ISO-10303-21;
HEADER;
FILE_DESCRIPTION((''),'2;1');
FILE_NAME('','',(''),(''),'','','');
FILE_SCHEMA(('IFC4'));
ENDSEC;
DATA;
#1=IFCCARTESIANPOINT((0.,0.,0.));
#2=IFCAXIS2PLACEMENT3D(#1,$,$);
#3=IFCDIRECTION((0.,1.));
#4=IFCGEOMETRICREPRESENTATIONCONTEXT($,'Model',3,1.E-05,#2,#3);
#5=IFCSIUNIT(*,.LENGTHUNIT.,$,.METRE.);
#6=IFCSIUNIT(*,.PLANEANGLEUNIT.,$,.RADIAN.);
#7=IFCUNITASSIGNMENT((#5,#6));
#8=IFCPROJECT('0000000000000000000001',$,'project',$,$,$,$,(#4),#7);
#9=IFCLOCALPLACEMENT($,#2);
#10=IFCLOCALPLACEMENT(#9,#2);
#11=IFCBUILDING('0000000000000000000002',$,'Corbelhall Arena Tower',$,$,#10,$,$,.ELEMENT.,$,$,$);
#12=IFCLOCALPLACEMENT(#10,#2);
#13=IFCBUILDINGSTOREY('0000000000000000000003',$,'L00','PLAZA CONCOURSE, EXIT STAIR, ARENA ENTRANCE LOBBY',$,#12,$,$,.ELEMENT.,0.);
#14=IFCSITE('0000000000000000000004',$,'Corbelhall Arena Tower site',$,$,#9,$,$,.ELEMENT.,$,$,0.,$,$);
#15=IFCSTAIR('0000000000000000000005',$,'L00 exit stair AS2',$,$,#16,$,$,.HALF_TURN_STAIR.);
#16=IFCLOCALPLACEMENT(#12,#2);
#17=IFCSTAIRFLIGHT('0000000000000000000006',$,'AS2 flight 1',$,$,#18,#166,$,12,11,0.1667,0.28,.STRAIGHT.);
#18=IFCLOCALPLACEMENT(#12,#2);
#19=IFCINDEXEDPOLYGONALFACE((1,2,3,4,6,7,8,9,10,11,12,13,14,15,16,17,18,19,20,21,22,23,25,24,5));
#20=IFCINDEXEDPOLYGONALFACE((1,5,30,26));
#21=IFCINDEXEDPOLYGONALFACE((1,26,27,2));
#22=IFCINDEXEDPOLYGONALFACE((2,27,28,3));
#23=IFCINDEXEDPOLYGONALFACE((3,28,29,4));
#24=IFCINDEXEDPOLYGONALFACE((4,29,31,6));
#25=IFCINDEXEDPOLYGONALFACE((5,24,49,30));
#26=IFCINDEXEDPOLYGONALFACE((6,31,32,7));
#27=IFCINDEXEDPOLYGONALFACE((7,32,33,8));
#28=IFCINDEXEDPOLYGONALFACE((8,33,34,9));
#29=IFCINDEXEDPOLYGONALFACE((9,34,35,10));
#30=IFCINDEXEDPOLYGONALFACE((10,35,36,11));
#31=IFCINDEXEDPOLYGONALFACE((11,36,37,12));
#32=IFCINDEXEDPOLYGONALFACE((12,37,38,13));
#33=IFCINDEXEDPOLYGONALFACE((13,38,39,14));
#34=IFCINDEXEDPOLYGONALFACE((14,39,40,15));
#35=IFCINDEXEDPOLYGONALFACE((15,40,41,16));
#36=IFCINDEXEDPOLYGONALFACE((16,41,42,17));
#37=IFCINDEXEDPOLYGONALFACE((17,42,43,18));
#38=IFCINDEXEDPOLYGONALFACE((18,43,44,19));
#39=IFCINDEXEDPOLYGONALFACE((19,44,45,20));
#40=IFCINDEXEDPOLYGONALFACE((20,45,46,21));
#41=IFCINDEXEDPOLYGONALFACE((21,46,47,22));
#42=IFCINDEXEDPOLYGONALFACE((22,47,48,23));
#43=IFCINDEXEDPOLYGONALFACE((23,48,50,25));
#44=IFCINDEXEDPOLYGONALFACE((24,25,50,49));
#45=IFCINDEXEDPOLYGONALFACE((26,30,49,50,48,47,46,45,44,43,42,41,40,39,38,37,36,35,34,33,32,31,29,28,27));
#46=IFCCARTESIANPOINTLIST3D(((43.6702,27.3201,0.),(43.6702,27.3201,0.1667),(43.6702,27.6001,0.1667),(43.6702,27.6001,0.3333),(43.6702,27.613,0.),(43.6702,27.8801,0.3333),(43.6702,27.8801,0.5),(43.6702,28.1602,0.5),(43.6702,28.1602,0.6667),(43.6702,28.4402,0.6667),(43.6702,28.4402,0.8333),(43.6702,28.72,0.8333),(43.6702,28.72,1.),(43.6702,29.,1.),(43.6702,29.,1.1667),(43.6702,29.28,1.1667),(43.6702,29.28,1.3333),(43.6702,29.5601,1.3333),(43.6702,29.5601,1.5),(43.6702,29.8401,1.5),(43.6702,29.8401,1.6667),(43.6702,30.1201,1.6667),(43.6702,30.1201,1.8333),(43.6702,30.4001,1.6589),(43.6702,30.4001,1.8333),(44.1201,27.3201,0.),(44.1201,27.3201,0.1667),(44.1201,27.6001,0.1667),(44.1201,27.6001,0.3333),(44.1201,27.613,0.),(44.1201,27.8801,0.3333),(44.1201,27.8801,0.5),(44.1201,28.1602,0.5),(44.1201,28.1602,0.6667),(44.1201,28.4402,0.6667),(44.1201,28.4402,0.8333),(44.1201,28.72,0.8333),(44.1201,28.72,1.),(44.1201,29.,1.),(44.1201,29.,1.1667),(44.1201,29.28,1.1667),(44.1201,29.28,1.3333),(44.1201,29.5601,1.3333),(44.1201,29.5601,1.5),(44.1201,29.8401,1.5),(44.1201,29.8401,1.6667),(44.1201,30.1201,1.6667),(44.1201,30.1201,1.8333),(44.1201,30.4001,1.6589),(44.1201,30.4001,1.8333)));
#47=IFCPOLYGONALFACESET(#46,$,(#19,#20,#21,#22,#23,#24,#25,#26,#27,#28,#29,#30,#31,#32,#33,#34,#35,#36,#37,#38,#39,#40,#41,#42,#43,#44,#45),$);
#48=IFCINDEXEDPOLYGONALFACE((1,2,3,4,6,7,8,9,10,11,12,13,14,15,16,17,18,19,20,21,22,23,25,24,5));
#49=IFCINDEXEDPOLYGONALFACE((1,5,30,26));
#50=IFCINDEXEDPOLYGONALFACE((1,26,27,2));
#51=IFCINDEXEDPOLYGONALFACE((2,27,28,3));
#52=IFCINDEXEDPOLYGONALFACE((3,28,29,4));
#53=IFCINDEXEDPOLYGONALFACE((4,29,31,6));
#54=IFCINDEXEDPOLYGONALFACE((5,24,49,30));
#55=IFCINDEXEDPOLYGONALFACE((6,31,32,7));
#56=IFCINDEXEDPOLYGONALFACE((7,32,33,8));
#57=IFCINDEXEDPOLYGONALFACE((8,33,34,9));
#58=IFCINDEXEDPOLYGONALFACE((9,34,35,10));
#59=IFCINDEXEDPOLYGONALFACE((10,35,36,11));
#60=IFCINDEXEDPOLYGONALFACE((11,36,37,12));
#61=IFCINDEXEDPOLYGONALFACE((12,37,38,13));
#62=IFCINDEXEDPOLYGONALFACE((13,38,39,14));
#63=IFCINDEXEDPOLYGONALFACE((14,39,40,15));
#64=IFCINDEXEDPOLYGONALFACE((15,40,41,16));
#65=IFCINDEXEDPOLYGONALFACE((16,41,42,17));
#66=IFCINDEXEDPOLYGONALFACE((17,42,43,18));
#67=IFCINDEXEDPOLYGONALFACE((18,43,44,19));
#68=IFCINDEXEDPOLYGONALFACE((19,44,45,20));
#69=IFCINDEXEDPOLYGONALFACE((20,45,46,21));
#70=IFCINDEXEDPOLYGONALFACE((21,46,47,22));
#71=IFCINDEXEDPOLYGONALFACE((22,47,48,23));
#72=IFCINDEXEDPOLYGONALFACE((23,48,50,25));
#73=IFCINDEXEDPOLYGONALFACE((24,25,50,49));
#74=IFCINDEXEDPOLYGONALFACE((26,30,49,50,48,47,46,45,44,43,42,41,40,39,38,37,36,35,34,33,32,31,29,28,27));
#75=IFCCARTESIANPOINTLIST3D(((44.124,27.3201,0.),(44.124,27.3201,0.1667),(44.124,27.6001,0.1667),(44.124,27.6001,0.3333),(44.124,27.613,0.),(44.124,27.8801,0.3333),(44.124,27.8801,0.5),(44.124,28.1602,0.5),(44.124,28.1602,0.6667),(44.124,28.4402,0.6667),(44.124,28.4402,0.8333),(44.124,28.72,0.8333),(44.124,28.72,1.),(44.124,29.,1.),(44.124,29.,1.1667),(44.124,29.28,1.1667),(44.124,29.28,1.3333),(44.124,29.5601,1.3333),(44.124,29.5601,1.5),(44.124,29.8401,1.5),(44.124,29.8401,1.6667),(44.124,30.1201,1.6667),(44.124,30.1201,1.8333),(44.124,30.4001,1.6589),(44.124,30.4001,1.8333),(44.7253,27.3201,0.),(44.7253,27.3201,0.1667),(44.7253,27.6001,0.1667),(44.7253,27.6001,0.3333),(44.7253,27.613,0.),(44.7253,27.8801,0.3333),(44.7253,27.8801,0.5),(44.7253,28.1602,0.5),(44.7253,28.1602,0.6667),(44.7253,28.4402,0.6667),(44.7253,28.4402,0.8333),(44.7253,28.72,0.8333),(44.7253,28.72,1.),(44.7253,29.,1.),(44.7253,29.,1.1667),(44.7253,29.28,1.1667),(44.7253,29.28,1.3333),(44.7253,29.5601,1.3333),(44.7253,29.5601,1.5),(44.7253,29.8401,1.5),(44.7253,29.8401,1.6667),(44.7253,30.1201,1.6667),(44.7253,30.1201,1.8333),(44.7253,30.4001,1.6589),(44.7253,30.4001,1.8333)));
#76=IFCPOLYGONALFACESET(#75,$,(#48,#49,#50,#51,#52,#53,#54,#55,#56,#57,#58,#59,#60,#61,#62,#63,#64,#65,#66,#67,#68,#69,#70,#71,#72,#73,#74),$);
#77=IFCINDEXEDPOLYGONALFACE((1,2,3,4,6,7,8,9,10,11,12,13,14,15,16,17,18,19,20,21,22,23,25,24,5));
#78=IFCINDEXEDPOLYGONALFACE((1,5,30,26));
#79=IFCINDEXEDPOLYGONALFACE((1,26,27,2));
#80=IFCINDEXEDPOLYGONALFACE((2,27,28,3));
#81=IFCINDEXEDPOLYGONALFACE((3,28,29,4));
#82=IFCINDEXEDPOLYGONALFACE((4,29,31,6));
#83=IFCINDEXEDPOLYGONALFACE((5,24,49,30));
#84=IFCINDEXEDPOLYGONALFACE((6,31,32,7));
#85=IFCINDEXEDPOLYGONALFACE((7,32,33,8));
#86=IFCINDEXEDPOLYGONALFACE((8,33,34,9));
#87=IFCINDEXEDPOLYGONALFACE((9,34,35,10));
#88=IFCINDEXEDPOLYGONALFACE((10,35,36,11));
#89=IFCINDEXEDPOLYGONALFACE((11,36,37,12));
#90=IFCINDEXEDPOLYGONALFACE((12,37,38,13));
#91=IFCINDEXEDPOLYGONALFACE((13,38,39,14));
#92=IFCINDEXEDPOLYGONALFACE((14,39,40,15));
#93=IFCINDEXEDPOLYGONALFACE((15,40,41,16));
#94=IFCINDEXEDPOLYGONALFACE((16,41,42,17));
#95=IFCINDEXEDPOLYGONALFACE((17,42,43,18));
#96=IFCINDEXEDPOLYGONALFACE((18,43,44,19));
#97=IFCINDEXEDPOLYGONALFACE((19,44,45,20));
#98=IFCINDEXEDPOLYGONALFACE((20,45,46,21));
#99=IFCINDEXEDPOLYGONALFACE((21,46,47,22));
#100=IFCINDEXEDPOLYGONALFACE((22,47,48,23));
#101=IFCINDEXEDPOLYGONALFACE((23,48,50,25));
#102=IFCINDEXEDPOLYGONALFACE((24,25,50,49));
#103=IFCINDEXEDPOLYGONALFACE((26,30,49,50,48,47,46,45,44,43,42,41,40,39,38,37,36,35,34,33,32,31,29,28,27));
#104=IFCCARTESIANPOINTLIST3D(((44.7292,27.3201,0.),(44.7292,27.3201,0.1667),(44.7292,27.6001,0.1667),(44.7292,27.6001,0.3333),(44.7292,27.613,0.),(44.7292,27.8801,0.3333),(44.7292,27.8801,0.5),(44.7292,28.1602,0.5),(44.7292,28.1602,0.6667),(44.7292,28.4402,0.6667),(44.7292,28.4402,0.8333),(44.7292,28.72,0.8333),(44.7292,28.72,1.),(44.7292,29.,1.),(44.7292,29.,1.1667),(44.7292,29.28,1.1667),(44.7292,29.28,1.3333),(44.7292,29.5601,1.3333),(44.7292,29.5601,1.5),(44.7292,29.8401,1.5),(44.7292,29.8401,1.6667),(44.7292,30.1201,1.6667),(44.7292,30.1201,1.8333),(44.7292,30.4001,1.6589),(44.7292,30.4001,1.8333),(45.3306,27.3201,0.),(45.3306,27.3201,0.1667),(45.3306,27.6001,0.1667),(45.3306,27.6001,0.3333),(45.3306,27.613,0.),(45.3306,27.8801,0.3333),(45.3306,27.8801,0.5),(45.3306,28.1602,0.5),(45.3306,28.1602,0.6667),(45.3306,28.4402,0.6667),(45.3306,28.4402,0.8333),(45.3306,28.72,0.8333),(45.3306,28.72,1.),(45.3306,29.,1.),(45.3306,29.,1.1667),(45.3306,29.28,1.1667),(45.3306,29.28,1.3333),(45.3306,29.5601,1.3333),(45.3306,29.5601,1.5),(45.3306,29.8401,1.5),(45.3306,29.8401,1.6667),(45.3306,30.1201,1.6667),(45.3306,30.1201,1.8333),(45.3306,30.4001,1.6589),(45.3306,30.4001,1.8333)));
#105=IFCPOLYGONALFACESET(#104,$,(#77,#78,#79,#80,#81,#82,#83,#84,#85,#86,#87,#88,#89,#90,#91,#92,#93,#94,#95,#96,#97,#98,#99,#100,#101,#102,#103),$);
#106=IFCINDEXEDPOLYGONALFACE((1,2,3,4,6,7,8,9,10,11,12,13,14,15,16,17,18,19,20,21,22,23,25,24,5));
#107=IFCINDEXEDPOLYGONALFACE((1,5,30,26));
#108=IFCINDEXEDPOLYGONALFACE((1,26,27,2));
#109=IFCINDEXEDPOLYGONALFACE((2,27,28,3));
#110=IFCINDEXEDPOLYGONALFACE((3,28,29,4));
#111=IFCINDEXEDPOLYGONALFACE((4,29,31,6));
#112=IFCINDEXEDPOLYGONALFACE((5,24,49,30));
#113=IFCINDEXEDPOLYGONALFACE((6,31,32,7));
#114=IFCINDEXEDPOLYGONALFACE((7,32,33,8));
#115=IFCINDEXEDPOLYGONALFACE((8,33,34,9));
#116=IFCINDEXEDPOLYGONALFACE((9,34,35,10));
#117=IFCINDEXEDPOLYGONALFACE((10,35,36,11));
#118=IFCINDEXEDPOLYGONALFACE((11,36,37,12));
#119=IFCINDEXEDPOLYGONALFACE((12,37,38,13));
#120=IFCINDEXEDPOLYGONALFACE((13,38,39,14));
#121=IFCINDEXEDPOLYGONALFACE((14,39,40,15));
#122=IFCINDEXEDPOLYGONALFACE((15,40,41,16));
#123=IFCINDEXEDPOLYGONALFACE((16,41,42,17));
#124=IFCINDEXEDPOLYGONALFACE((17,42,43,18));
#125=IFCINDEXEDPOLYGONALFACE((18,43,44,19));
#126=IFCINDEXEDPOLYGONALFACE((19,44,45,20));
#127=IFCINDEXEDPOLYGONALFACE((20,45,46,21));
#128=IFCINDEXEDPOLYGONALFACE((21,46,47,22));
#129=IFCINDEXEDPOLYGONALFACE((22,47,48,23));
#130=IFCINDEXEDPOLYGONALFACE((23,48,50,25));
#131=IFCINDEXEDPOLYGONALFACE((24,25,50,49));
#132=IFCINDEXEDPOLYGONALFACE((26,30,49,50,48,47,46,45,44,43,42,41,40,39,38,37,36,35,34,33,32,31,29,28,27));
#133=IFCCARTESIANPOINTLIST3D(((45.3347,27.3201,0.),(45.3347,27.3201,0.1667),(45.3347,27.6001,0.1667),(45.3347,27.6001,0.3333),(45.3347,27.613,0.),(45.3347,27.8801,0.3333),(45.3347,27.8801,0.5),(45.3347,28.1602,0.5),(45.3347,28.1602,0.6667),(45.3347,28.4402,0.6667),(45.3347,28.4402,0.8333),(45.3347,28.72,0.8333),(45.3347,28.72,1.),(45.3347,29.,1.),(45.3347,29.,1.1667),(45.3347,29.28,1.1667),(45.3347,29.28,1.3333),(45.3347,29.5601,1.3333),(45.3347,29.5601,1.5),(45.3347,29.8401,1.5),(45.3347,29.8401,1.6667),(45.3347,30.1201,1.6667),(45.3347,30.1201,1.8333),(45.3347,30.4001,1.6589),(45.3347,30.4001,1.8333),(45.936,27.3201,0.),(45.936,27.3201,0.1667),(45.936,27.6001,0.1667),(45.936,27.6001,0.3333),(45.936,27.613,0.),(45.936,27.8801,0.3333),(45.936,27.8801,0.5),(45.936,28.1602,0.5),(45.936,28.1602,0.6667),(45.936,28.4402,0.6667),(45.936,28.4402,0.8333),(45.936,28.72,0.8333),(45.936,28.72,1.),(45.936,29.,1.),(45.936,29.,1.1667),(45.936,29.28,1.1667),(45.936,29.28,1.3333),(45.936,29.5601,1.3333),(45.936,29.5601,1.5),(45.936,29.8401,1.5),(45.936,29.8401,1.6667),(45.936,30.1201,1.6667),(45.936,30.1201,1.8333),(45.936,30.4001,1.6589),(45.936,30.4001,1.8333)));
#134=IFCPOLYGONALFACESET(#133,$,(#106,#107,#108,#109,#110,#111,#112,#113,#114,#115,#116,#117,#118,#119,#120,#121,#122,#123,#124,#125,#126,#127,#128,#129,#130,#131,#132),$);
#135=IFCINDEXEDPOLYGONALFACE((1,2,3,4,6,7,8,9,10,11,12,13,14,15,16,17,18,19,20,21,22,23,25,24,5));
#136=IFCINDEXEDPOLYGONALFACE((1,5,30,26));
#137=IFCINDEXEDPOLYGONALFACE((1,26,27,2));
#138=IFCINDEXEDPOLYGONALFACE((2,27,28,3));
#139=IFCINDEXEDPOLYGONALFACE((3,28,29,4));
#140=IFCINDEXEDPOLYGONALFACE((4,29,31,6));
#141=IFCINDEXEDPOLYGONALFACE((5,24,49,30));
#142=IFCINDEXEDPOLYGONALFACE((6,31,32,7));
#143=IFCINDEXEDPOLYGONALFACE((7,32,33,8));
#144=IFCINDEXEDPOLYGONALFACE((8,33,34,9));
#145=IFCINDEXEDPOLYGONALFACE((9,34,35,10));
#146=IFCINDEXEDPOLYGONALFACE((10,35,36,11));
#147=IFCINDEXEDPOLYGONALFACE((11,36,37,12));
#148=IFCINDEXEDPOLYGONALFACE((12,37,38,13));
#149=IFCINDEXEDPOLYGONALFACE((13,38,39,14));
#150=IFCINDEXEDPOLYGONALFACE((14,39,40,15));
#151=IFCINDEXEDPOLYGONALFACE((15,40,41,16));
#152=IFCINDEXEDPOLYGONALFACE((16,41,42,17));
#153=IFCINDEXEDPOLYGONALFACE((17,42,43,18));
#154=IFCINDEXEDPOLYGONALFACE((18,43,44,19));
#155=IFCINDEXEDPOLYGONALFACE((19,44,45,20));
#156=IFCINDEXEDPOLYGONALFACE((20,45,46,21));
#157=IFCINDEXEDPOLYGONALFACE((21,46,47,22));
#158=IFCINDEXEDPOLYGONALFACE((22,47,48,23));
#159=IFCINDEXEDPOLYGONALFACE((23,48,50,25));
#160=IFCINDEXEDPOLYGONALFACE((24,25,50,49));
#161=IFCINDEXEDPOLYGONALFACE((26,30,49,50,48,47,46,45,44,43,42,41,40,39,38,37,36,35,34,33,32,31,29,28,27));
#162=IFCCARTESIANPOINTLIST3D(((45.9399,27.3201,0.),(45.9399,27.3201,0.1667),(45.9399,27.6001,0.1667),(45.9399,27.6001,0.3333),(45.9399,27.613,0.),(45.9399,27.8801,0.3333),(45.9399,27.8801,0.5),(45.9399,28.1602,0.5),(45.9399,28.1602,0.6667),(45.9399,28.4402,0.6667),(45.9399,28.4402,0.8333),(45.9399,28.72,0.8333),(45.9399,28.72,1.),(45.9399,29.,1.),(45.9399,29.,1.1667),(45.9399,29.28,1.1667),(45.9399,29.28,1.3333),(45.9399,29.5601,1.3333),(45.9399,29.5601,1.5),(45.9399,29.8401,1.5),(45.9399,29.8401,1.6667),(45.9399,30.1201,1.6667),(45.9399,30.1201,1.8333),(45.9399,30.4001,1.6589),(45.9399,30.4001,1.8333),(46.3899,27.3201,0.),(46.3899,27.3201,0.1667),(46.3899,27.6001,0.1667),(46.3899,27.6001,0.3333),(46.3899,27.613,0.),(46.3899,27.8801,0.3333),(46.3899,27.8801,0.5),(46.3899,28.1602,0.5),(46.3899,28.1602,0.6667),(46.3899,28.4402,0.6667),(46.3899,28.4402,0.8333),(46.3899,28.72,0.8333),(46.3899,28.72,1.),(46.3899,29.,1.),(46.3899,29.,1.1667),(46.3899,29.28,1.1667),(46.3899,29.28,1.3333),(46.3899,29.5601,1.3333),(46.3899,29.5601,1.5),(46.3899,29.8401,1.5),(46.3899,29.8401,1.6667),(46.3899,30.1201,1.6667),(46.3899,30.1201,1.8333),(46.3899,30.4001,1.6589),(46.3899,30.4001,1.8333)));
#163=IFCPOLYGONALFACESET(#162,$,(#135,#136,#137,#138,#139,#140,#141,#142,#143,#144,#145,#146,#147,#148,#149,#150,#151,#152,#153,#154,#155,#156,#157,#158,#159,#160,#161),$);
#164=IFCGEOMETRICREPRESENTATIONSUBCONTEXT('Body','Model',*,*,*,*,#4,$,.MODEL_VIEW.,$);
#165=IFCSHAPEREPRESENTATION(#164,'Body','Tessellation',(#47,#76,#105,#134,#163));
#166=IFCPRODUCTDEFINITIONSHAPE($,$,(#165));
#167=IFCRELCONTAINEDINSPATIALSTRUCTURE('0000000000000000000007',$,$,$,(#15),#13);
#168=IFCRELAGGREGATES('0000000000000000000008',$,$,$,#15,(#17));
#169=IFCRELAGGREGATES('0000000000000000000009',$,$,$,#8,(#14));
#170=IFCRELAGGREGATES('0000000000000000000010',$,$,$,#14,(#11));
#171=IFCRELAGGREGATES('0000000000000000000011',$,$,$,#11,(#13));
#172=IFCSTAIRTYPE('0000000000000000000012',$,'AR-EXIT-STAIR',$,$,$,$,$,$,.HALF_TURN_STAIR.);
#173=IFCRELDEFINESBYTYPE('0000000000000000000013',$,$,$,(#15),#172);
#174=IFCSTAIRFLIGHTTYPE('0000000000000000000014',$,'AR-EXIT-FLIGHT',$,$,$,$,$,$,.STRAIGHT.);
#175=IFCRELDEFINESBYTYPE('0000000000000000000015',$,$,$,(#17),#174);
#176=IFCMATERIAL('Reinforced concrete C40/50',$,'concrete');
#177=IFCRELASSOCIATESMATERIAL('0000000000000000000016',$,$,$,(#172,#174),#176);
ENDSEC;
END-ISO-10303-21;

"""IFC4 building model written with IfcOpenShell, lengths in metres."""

from ifc_helpers import new_model, si_unit, direction, frame, origin, place, context, subcontext, project, spatial, polyline, outline, extrude, material, type_object, element, aggregate, save


model = new_model("IFC4")

# Units and contexts
model_context = context("Model", 3, precision=1e-05, world=origin(), true_north=direction((0.0, 1.0)))
body_context = subcontext(model_context, "Body", "Model", "MODEL_VIEW")
ifc_project = project(units=[si_unit("LENGTHUNIT", "METRE"), si_unit("PLANEANGLEUNIT", "RADIAN")], contexts=[model_context])

# Site, building, storey
site_placement = place(None, origin())
site = spatial("IfcSite", under=ifc_project, at=site_placement, Name="Corbelhall Arena Tower site", CompositionType="ELEMENT", RefElevation=0.0)
building_placement = place(site_placement, origin())
building = spatial("IfcBuilding", under=site, at=building_placement, Name="Corbelhall Arena Tower", CompositionType="ELEMENT")
storey_placement = place(building_placement, origin())
storey = spatial("IfcBuildingStorey", under=building, at=storey_placement, Name="L00", Description="PLAZA CONCOURSE, EXIT STAIR, ARENA ENTRANCE LOBBY", CompositionType="ELEMENT", Elevation=0.0)

# Shared definitions
ifc_material_1 = material(Name="Reinforced concrete C40/50", Category="concrete")

# Stair, stair flight
stair_type = type_object("IfcStairType", Name="AR-EXIT-STAIR", PredefinedType="HALF_TURN_STAIR", material=ifc_material_1)
stair_flight_type = type_object("IfcStairFlightType", Name="AR-EXIT-FLIGHT", PredefinedType="STRAIGHT", material=ifc_material_1)
stair_1_placement = place(storey_placement, origin())
stair_1 = element("IfcStair", 1, at=stair_1_placement, inside=storey, type_object=stair_type, Name="L00 exit stair AS2", PredefinedType="HALF_TURN_STAIR")
stair_flight_1_placement = place(storey_placement, frame((45.03, 27.3201, 0.0), z_axis=(0.0, 0.0, 1.0), x_axis=(0.0, 1.0, 0.0)))
stair_flight_1 = element("IfcStairFlight", 2, at=stair_flight_1_placement, type_object=stair_flight_type, Name="AS2 flight 1", NumberOfRisers=12, NumberOfTreads=11, PredefinedType="STRAIGHT", RiserHeight=0.1667, TreadLength=0.28, context=body_context, shape_type="SweptSolid", body=[
    extrude(outline(polyline([(0.0, 0.0), (0.0, 0.1667), (0.28, 0.1667), (0.28, 0.3333), (0.5601, 0.3333), (0.5601, 0.5), (0.8401, 0.5), (0.8401, 0.6667), (1.1201, 0.6667), (1.1201, 0.8333), (1.3999, 0.8333), (1.3999, 1.0), (1.6799, 1.0), (1.6799, 1.1667), (1.96, 1.1667), (1.96, 1.3333), (2.24, 1.3333), (2.24, 1.5), (2.52, 1.5), (2.52, 1.6667), (2.8, 1.6667), (2.8, 1.8333), (3.0801, 1.8333), (3.0801, 2.0), (3.0801, 1.6589), (0.293, 0.0), (0.0, 0.0)])), frame((0.0, 1.3599, 0.0), z_axis=(0.0, -1.0, 0.0), x_axis=(1.0, 0.0, 0.0)), (0.0, 0.0, 1.0), 0.45),
    extrude(outline(polyline([(0.0, 0.0), (0.0, 0.1667), (0.28, 0.1667), (0.28, 0.3333), (0.5601, 0.3333), (0.5601, 0.5), (0.8401, 0.5), (0.8401, 0.6667), (1.1201, 0.6667), (1.1201, 0.8333), (1.3999, 0.8333), (1.3999, 1.0), (1.6799, 1.0), (1.6799, 1.1667), (1.96, 1.1667), (1.96, 1.3333), (2.24, 1.3333), (2.24, 1.5), (2.52, 1.5), (2.52, 1.6667), (2.8, 1.6667), (2.8, 1.8333), (3.0801, 1.8333), (3.0801, 2.0), (3.0801, 1.6589), (0.293, 0.0), (0.0, 0.0)])), frame((0.0, 0.906, 0.0), z_axis=(0.0, -1.0, 0.0), x_axis=(1.0, 0.0, 0.0)), (0.0, 0.0, 1.0), 0.6013),
    extrude(outline(polyline([(0.0, 0.0), (0.0, 0.1667), (0.28, 0.1667), (0.28, 0.3333), (0.5601, 0.3333), (0.5601, 0.5), (0.8401, 0.5), (0.8401, 0.6667), (1.1201, 0.6667), (1.1201, 0.8333), (1.3999, 0.8333), (1.3999, 1.0), (1.6799, 1.0), (1.6799, 1.1667), (1.96, 1.1667), (1.96, 1.3333), (2.24, 1.3333), (2.24, 1.5), (2.52, 1.5), (2.52, 1.6667), (2.8, 1.6667), (2.8, 1.8333), (3.0801, 1.8333), (3.0801, 2.0), (3.0801, 1.6589), (0.293, 0.0), (0.0, 0.0)])), frame((0.0, 0.3008, 0.0), z_axis=(0.0, -1.0, 0.0), x_axis=(1.0, 0.0, 0.0)), (0.0, 0.0, 1.0), 0.6013),
    extrude(outline(polyline([(0.0, 0.0), (0.0, 0.1667), (0.28, 0.1667), (0.28, 0.3333), (0.5601, 0.3333), (0.5601, 0.5), (0.8401, 0.5), (0.8401, 0.6667), (1.1201, 0.6667), (1.1201, 0.8333), (1.3999, 0.8333), (1.3999, 1.0), (1.6799, 1.0), (1.6799, 1.1667), (1.96, 1.1667), (1.96, 1.3333), (2.24, 1.3333), (2.24, 1.5), (2.52, 1.5), (2.52, 1.6667), (2.8, 1.6667), (2.8, 1.8333), (3.0801, 1.8333), (3.0801, 2.0), (3.0801, 1.6589), (0.293, 0.0), (0.0, 0.0)])), frame((0.0, -0.3047, 0.0), z_axis=(0.0, -1.0, 0.0), x_axis=(1.0, 0.0, 0.0)), (0.0, 0.0, 1.0), 0.6013),
    extrude(outline(polyline([(0.0, 0.0), (0.0, 0.1667), (0.28, 0.1667), (0.28, 0.3333), (0.5601, 0.3333), (0.5601, 0.5), (0.8401, 0.5), (0.8401, 0.6667), (1.1201, 0.6667), (1.1201, 0.8333), (1.3999, 0.8333), (1.3999, 1.0), (1.6799, 1.0), (1.6799, 1.1667), (1.96, 1.1667), (1.96, 1.3333), (2.24, 1.3333), (2.24, 1.5), (2.52, 1.5), (2.52, 1.6667), (2.8, 1.6667), (2.8, 1.8333), (3.0801, 1.8333), (3.0801, 2.0), (3.0801, 1.6589), (0.293, 0.0), (0.0, 0.0)])), frame((0.0, -0.9099, 0.0), z_axis=(0.0, -1.0, 0.0), x_axis=(1.0, 0.0, 0.0)), (0.0, 0.0, 1.0), 0.45),
])
aggregate(stair_1, [stair_flight_1])

save(model, "model.ifc")
